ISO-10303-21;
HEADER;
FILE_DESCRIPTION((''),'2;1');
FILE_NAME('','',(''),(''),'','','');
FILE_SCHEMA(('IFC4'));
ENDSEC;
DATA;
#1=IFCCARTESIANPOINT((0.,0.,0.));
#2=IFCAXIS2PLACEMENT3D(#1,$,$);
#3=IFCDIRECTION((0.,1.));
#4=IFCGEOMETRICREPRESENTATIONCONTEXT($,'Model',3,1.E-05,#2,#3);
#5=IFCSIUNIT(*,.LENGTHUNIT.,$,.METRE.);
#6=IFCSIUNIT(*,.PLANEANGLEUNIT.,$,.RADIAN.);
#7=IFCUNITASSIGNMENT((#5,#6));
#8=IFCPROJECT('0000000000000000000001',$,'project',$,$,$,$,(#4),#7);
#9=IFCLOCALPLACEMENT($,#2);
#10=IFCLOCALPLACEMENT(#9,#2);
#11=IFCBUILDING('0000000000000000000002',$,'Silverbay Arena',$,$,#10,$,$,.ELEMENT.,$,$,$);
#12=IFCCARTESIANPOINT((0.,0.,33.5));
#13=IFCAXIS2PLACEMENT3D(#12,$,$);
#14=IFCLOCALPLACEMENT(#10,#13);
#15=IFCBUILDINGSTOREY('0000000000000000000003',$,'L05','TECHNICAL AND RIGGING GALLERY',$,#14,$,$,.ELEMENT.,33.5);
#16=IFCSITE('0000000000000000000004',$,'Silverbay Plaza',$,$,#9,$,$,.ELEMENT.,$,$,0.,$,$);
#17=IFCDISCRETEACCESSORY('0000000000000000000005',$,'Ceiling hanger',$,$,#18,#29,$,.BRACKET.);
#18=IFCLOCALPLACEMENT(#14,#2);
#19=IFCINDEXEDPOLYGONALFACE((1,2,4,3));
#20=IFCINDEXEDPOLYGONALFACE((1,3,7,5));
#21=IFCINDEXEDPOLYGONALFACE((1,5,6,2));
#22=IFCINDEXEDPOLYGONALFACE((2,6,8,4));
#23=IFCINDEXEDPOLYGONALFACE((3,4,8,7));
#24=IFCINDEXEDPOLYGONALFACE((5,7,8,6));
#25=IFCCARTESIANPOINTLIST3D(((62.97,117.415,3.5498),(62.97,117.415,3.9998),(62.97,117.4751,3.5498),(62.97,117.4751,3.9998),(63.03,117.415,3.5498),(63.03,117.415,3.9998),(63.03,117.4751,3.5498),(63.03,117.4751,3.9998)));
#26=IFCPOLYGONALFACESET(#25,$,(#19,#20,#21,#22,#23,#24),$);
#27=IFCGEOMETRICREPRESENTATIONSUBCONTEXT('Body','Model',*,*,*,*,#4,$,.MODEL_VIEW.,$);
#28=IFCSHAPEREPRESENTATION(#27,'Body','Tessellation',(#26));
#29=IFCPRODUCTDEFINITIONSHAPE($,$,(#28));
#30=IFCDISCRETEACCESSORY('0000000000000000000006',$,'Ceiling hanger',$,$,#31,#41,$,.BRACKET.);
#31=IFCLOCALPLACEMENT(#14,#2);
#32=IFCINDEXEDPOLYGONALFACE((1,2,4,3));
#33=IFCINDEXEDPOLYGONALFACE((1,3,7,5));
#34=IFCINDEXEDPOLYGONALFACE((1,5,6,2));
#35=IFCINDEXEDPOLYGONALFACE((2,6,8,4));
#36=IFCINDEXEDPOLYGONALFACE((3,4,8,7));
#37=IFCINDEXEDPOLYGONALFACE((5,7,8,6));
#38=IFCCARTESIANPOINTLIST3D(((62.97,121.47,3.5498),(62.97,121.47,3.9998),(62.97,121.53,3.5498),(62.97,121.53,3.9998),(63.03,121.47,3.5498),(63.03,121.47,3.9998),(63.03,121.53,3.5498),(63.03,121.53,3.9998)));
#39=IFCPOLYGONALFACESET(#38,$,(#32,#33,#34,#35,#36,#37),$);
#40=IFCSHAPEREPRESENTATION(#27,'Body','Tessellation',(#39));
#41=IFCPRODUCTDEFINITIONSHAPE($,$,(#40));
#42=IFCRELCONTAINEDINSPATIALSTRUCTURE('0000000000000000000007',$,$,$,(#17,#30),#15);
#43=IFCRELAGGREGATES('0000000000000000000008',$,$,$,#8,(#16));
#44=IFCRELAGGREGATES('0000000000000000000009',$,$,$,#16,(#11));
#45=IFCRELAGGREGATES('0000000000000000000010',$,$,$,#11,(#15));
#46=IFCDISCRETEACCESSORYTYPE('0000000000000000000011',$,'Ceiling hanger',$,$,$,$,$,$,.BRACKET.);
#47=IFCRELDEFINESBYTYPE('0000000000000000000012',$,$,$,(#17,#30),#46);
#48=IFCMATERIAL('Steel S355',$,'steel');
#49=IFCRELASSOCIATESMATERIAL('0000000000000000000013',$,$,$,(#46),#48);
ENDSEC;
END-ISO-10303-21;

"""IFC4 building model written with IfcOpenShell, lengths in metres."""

from ifc_helpers import new_model, si_unit, direction, frame, origin, origin_2d, place, context, subcontext, project, spatial, rectangle, extrude, material, type_object, element, save


model = new_model("IFC4")

# Units and contexts
model_context = context("Model", 3, precision=1e-05, world=origin(), true_north=direction((0.0, 1.0)))
body_context = subcontext(model_context, "Body", "Model", "MODEL_VIEW")
ifc_project = project(units=[si_unit("LENGTHUNIT", "METRE"), si_unit("PLANEANGLEUNIT", "RADIAN")], contexts=[model_context])

# Site, building, storey
site_placement = place(None, origin())
site = spatial("IfcSite", under=ifc_project, at=site_placement, Name="Silverbay Plaza", CompositionType="ELEMENT", RefElevation=0.0)
building_placement = place(site_placement, origin())
building = spatial("IfcBuilding", under=site, at=building_placement, Name="Silverbay Arena", CompositionType="ELEMENT")
storey_placement = place(building_placement, frame((0.0, 0.0, 33.5)))
storey = spatial("IfcBuildingStorey", under=building, at=storey_placement, Name="L05", Description="TECHNICAL AND RIGGING GALLERY", CompositionType="ELEMENT", Elevation=33.5)

# Discrete accessories
ifc_material_1 = material(Name="Steel S355", Category="steel")
discrete_accessory_type = type_object("IfcDiscreteAccessoryType", Name="Ceiling hanger", PredefinedType="BRACKET", material=ifc_material_1)
for number, where, z_axis, x_axis, name in (
    (1, (63.0, 117.4451, 3.5498), (0.0, 0.0, 1.0), (1.0, 0.0, 0.0), "Ceiling hanger"),
    (2, (63.0, 121.5, 3.5498), (0.0, 0.0, 1.0), (1.0, 0.0, 0.0), "Ceiling hanger"),
):
    element("IfcDiscreteAccessory", number, at=place(storey_placement, frame(where, z_axis=z_axis, x_axis=x_axis)), inside=storey, type_object=discrete_accessory_type, Name=name, PredefinedType="BRACKET", context=body_context, shape_type="SweptSolid", body=[
        extrude(rectangle(XDim=0.0601, YDim=0.0601, at=origin_2d()), origin(), (0.0, 0.0, 1.0), 0.45),
    ])

save(model, "model.ifc")
